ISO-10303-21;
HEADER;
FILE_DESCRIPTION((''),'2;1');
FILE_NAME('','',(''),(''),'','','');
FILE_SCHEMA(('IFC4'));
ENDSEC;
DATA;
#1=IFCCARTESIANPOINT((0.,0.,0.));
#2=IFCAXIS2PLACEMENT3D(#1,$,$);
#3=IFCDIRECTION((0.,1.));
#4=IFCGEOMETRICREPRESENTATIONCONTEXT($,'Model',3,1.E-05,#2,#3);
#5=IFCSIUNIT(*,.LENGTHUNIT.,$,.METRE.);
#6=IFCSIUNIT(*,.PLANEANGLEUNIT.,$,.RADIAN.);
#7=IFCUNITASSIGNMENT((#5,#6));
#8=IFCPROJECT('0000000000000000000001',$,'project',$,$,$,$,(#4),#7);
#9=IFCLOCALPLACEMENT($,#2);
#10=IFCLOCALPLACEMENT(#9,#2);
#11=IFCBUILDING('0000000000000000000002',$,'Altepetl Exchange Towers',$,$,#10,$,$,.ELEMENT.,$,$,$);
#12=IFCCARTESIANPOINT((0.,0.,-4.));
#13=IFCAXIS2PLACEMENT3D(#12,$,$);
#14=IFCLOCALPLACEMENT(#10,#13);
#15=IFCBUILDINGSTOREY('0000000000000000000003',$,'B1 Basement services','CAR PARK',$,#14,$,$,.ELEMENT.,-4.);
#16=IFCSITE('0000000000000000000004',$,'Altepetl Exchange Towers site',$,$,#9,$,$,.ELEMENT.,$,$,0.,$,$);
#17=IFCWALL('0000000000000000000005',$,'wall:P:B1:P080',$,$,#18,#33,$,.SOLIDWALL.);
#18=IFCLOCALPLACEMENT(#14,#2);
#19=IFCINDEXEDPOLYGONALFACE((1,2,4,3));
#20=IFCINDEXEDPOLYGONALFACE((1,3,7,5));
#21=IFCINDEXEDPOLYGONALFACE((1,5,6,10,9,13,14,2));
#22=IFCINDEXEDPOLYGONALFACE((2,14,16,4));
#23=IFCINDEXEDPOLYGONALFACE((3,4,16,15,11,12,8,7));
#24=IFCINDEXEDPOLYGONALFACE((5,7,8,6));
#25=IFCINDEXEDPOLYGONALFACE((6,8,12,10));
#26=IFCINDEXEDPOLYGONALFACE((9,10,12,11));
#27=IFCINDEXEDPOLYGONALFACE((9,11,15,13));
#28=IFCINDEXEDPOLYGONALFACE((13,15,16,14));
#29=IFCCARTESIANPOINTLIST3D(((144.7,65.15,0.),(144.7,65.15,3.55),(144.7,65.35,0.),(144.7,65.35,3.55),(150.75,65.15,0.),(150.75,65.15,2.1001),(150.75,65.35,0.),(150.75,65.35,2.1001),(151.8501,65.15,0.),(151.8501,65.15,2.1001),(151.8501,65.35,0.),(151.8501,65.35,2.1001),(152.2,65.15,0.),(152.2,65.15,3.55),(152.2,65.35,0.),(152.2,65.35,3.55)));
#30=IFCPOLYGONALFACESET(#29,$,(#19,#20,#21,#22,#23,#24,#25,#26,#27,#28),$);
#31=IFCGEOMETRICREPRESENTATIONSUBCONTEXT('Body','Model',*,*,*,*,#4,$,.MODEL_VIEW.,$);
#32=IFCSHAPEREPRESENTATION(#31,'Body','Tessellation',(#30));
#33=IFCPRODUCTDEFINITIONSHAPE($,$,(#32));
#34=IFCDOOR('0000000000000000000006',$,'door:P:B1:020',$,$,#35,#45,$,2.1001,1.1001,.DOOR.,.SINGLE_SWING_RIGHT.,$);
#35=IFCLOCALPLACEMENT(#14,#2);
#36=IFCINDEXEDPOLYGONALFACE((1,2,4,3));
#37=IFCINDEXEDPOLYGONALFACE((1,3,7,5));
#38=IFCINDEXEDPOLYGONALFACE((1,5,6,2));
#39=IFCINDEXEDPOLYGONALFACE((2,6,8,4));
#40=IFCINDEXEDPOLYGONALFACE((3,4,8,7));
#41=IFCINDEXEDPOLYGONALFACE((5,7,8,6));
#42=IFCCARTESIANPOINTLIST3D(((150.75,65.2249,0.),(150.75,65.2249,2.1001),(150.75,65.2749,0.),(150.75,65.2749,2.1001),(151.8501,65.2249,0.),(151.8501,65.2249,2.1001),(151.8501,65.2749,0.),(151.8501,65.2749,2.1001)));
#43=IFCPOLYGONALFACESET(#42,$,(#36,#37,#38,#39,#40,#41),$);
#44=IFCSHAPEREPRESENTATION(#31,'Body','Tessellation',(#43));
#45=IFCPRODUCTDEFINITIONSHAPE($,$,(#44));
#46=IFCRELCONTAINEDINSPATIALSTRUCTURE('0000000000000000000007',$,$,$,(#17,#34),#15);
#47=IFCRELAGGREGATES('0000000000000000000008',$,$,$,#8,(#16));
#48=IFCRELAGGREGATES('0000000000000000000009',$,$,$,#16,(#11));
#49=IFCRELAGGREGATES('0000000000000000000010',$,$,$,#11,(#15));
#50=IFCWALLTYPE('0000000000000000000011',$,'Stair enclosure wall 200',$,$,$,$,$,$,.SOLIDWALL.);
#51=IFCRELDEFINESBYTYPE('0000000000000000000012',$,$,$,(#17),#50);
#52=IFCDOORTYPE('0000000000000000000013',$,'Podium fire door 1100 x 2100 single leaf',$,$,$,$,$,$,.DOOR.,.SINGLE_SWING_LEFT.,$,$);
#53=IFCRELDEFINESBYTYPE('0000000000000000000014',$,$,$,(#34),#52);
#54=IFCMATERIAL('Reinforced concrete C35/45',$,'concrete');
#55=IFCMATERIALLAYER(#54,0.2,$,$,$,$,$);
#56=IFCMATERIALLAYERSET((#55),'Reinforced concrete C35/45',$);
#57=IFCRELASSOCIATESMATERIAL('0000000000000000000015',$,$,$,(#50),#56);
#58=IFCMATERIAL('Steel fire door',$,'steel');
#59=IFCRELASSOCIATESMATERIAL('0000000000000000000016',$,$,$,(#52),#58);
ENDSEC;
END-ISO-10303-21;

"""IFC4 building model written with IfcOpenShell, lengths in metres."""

from ifc_helpers import new_model, si_unit, direction, frame, frame_2d, origin, place, context, subcontext, project, spatial, rectangle, extrude, material, layer, layer_set, type_object, element, fill, save


model = new_model("IFC4")

# Units and contexts
model_context = context("Model", 3, precision=1e-05, world=origin(), true_north=direction((0.0, 1.0)))
body_context = subcontext(model_context, "Body", "Model", "MODEL_VIEW")
ifc_project = project(units=[si_unit("LENGTHUNIT", "METRE"), si_unit("PLANEANGLEUNIT", "RADIAN")], contexts=[model_context])

# Site, building, storey
site_placement = place(None, origin())
site = spatial("IfcSite", under=ifc_project, at=site_placement, Name="Altepetl Exchange Towers site", CompositionType="ELEMENT", RefElevation=0.0)
building_placement = place(site_placement, origin())
building = spatial("IfcBuilding", under=site, at=building_placement, Name="Altepetl Exchange Towers", CompositionType="ELEMENT")
storey_placement = place(building_placement, frame((0.0, 0.0, -4.0)))
storey = spatial("IfcBuildingStorey", under=building, at=storey_placement, Name="B1 Basement services", Description="CAR PARK", CompositionType="ELEMENT", Elevation=-4.0)

# Shared definitions
ifc_material_1 = material(Name="Reinforced concrete C35/45", Category="concrete")

# Shared definitions
ifc_material_2 = material(Name="Steel fire door", Category="steel")

# Shared definitions
ifc_layer_1 = layer(ifc_material_1, 0.2)
ifc_layer_set_1 = layer_set([ifc_layer_1], Name="Reinforced concrete C35/45")
wall_type_1 = type_object("IfcWallType", Name="Stair enclosure wall 200", PredefinedType="SOLIDWALL", material=ifc_layer_set_1)

# Wall, opening, door
wall_1_placement = place(storey_placement, frame((144.7, 65.25, 0.0)))
wall_1 = element("IfcWall", 1, at=wall_1_placement, inside=storey, type_object=wall_type_1, Name="wall:P:B1:P080", PredefinedType="SOLIDWALL", context=body_context, shape_type="SweptSolid", body=[
    extrude(rectangle(XDim=7.5, YDim=0.2, at=frame_2d((3.75, 0.0))), origin(), (0.0, 0.0, 1.0), 3.55),
])
opening_1_placement = place(wall_1_placement, frame((6.05, 0.0, 0.0)))
opening_1 = element("IfcOpeningElement", 2, at=opening_1_placement, cuts=wall_1, PredefinedType="OPENING", context=body_context, shape_type="SweptSolid", body=[
    extrude(rectangle(XDim=1.1001, YDim=2.1001, at=frame_2d((0.55, 1.05))), frame((0.0, 0.1099, 0.0), z_axis=(0.0, -1.0, 0.0), x_axis=(1.0, 0.0, 0.0)), (0.0, 0.0, 1.0), 0.22),
])
door_type_1 = type_object("IfcDoorType", Name="Podium fire door 1100 x 2100 single leaf", OperationType="SINGLE_SWING_LEFT", PredefinedType="DOOR", material=ifc_material_2)
door_1_placement = place(opening_1_placement, origin())
door_1 = element("IfcDoor", 3, at=door_1_placement, inside=storey, type_object=door_type_1, Name="door:P:B1:020", OperationType="SINGLE_SWING_RIGHT", OverallHeight=2.1001, OverallWidth=1.1001, PredefinedType="DOOR", context=body_context, shape_type="SweptSolid", body=[
    extrude(rectangle(XDim=1.1001, YDim=2.1001, at=frame_2d((0.55, 1.05))), frame((0.0, 0.0249, 0.0), z_axis=(0.0, -1.0, 0.0), x_axis=(1.0, 0.0, 0.0)), (0.0, 0.0, 1.0), 0.05),
])
fill(opening_1, door_1)

save(model, "model.ifc")
